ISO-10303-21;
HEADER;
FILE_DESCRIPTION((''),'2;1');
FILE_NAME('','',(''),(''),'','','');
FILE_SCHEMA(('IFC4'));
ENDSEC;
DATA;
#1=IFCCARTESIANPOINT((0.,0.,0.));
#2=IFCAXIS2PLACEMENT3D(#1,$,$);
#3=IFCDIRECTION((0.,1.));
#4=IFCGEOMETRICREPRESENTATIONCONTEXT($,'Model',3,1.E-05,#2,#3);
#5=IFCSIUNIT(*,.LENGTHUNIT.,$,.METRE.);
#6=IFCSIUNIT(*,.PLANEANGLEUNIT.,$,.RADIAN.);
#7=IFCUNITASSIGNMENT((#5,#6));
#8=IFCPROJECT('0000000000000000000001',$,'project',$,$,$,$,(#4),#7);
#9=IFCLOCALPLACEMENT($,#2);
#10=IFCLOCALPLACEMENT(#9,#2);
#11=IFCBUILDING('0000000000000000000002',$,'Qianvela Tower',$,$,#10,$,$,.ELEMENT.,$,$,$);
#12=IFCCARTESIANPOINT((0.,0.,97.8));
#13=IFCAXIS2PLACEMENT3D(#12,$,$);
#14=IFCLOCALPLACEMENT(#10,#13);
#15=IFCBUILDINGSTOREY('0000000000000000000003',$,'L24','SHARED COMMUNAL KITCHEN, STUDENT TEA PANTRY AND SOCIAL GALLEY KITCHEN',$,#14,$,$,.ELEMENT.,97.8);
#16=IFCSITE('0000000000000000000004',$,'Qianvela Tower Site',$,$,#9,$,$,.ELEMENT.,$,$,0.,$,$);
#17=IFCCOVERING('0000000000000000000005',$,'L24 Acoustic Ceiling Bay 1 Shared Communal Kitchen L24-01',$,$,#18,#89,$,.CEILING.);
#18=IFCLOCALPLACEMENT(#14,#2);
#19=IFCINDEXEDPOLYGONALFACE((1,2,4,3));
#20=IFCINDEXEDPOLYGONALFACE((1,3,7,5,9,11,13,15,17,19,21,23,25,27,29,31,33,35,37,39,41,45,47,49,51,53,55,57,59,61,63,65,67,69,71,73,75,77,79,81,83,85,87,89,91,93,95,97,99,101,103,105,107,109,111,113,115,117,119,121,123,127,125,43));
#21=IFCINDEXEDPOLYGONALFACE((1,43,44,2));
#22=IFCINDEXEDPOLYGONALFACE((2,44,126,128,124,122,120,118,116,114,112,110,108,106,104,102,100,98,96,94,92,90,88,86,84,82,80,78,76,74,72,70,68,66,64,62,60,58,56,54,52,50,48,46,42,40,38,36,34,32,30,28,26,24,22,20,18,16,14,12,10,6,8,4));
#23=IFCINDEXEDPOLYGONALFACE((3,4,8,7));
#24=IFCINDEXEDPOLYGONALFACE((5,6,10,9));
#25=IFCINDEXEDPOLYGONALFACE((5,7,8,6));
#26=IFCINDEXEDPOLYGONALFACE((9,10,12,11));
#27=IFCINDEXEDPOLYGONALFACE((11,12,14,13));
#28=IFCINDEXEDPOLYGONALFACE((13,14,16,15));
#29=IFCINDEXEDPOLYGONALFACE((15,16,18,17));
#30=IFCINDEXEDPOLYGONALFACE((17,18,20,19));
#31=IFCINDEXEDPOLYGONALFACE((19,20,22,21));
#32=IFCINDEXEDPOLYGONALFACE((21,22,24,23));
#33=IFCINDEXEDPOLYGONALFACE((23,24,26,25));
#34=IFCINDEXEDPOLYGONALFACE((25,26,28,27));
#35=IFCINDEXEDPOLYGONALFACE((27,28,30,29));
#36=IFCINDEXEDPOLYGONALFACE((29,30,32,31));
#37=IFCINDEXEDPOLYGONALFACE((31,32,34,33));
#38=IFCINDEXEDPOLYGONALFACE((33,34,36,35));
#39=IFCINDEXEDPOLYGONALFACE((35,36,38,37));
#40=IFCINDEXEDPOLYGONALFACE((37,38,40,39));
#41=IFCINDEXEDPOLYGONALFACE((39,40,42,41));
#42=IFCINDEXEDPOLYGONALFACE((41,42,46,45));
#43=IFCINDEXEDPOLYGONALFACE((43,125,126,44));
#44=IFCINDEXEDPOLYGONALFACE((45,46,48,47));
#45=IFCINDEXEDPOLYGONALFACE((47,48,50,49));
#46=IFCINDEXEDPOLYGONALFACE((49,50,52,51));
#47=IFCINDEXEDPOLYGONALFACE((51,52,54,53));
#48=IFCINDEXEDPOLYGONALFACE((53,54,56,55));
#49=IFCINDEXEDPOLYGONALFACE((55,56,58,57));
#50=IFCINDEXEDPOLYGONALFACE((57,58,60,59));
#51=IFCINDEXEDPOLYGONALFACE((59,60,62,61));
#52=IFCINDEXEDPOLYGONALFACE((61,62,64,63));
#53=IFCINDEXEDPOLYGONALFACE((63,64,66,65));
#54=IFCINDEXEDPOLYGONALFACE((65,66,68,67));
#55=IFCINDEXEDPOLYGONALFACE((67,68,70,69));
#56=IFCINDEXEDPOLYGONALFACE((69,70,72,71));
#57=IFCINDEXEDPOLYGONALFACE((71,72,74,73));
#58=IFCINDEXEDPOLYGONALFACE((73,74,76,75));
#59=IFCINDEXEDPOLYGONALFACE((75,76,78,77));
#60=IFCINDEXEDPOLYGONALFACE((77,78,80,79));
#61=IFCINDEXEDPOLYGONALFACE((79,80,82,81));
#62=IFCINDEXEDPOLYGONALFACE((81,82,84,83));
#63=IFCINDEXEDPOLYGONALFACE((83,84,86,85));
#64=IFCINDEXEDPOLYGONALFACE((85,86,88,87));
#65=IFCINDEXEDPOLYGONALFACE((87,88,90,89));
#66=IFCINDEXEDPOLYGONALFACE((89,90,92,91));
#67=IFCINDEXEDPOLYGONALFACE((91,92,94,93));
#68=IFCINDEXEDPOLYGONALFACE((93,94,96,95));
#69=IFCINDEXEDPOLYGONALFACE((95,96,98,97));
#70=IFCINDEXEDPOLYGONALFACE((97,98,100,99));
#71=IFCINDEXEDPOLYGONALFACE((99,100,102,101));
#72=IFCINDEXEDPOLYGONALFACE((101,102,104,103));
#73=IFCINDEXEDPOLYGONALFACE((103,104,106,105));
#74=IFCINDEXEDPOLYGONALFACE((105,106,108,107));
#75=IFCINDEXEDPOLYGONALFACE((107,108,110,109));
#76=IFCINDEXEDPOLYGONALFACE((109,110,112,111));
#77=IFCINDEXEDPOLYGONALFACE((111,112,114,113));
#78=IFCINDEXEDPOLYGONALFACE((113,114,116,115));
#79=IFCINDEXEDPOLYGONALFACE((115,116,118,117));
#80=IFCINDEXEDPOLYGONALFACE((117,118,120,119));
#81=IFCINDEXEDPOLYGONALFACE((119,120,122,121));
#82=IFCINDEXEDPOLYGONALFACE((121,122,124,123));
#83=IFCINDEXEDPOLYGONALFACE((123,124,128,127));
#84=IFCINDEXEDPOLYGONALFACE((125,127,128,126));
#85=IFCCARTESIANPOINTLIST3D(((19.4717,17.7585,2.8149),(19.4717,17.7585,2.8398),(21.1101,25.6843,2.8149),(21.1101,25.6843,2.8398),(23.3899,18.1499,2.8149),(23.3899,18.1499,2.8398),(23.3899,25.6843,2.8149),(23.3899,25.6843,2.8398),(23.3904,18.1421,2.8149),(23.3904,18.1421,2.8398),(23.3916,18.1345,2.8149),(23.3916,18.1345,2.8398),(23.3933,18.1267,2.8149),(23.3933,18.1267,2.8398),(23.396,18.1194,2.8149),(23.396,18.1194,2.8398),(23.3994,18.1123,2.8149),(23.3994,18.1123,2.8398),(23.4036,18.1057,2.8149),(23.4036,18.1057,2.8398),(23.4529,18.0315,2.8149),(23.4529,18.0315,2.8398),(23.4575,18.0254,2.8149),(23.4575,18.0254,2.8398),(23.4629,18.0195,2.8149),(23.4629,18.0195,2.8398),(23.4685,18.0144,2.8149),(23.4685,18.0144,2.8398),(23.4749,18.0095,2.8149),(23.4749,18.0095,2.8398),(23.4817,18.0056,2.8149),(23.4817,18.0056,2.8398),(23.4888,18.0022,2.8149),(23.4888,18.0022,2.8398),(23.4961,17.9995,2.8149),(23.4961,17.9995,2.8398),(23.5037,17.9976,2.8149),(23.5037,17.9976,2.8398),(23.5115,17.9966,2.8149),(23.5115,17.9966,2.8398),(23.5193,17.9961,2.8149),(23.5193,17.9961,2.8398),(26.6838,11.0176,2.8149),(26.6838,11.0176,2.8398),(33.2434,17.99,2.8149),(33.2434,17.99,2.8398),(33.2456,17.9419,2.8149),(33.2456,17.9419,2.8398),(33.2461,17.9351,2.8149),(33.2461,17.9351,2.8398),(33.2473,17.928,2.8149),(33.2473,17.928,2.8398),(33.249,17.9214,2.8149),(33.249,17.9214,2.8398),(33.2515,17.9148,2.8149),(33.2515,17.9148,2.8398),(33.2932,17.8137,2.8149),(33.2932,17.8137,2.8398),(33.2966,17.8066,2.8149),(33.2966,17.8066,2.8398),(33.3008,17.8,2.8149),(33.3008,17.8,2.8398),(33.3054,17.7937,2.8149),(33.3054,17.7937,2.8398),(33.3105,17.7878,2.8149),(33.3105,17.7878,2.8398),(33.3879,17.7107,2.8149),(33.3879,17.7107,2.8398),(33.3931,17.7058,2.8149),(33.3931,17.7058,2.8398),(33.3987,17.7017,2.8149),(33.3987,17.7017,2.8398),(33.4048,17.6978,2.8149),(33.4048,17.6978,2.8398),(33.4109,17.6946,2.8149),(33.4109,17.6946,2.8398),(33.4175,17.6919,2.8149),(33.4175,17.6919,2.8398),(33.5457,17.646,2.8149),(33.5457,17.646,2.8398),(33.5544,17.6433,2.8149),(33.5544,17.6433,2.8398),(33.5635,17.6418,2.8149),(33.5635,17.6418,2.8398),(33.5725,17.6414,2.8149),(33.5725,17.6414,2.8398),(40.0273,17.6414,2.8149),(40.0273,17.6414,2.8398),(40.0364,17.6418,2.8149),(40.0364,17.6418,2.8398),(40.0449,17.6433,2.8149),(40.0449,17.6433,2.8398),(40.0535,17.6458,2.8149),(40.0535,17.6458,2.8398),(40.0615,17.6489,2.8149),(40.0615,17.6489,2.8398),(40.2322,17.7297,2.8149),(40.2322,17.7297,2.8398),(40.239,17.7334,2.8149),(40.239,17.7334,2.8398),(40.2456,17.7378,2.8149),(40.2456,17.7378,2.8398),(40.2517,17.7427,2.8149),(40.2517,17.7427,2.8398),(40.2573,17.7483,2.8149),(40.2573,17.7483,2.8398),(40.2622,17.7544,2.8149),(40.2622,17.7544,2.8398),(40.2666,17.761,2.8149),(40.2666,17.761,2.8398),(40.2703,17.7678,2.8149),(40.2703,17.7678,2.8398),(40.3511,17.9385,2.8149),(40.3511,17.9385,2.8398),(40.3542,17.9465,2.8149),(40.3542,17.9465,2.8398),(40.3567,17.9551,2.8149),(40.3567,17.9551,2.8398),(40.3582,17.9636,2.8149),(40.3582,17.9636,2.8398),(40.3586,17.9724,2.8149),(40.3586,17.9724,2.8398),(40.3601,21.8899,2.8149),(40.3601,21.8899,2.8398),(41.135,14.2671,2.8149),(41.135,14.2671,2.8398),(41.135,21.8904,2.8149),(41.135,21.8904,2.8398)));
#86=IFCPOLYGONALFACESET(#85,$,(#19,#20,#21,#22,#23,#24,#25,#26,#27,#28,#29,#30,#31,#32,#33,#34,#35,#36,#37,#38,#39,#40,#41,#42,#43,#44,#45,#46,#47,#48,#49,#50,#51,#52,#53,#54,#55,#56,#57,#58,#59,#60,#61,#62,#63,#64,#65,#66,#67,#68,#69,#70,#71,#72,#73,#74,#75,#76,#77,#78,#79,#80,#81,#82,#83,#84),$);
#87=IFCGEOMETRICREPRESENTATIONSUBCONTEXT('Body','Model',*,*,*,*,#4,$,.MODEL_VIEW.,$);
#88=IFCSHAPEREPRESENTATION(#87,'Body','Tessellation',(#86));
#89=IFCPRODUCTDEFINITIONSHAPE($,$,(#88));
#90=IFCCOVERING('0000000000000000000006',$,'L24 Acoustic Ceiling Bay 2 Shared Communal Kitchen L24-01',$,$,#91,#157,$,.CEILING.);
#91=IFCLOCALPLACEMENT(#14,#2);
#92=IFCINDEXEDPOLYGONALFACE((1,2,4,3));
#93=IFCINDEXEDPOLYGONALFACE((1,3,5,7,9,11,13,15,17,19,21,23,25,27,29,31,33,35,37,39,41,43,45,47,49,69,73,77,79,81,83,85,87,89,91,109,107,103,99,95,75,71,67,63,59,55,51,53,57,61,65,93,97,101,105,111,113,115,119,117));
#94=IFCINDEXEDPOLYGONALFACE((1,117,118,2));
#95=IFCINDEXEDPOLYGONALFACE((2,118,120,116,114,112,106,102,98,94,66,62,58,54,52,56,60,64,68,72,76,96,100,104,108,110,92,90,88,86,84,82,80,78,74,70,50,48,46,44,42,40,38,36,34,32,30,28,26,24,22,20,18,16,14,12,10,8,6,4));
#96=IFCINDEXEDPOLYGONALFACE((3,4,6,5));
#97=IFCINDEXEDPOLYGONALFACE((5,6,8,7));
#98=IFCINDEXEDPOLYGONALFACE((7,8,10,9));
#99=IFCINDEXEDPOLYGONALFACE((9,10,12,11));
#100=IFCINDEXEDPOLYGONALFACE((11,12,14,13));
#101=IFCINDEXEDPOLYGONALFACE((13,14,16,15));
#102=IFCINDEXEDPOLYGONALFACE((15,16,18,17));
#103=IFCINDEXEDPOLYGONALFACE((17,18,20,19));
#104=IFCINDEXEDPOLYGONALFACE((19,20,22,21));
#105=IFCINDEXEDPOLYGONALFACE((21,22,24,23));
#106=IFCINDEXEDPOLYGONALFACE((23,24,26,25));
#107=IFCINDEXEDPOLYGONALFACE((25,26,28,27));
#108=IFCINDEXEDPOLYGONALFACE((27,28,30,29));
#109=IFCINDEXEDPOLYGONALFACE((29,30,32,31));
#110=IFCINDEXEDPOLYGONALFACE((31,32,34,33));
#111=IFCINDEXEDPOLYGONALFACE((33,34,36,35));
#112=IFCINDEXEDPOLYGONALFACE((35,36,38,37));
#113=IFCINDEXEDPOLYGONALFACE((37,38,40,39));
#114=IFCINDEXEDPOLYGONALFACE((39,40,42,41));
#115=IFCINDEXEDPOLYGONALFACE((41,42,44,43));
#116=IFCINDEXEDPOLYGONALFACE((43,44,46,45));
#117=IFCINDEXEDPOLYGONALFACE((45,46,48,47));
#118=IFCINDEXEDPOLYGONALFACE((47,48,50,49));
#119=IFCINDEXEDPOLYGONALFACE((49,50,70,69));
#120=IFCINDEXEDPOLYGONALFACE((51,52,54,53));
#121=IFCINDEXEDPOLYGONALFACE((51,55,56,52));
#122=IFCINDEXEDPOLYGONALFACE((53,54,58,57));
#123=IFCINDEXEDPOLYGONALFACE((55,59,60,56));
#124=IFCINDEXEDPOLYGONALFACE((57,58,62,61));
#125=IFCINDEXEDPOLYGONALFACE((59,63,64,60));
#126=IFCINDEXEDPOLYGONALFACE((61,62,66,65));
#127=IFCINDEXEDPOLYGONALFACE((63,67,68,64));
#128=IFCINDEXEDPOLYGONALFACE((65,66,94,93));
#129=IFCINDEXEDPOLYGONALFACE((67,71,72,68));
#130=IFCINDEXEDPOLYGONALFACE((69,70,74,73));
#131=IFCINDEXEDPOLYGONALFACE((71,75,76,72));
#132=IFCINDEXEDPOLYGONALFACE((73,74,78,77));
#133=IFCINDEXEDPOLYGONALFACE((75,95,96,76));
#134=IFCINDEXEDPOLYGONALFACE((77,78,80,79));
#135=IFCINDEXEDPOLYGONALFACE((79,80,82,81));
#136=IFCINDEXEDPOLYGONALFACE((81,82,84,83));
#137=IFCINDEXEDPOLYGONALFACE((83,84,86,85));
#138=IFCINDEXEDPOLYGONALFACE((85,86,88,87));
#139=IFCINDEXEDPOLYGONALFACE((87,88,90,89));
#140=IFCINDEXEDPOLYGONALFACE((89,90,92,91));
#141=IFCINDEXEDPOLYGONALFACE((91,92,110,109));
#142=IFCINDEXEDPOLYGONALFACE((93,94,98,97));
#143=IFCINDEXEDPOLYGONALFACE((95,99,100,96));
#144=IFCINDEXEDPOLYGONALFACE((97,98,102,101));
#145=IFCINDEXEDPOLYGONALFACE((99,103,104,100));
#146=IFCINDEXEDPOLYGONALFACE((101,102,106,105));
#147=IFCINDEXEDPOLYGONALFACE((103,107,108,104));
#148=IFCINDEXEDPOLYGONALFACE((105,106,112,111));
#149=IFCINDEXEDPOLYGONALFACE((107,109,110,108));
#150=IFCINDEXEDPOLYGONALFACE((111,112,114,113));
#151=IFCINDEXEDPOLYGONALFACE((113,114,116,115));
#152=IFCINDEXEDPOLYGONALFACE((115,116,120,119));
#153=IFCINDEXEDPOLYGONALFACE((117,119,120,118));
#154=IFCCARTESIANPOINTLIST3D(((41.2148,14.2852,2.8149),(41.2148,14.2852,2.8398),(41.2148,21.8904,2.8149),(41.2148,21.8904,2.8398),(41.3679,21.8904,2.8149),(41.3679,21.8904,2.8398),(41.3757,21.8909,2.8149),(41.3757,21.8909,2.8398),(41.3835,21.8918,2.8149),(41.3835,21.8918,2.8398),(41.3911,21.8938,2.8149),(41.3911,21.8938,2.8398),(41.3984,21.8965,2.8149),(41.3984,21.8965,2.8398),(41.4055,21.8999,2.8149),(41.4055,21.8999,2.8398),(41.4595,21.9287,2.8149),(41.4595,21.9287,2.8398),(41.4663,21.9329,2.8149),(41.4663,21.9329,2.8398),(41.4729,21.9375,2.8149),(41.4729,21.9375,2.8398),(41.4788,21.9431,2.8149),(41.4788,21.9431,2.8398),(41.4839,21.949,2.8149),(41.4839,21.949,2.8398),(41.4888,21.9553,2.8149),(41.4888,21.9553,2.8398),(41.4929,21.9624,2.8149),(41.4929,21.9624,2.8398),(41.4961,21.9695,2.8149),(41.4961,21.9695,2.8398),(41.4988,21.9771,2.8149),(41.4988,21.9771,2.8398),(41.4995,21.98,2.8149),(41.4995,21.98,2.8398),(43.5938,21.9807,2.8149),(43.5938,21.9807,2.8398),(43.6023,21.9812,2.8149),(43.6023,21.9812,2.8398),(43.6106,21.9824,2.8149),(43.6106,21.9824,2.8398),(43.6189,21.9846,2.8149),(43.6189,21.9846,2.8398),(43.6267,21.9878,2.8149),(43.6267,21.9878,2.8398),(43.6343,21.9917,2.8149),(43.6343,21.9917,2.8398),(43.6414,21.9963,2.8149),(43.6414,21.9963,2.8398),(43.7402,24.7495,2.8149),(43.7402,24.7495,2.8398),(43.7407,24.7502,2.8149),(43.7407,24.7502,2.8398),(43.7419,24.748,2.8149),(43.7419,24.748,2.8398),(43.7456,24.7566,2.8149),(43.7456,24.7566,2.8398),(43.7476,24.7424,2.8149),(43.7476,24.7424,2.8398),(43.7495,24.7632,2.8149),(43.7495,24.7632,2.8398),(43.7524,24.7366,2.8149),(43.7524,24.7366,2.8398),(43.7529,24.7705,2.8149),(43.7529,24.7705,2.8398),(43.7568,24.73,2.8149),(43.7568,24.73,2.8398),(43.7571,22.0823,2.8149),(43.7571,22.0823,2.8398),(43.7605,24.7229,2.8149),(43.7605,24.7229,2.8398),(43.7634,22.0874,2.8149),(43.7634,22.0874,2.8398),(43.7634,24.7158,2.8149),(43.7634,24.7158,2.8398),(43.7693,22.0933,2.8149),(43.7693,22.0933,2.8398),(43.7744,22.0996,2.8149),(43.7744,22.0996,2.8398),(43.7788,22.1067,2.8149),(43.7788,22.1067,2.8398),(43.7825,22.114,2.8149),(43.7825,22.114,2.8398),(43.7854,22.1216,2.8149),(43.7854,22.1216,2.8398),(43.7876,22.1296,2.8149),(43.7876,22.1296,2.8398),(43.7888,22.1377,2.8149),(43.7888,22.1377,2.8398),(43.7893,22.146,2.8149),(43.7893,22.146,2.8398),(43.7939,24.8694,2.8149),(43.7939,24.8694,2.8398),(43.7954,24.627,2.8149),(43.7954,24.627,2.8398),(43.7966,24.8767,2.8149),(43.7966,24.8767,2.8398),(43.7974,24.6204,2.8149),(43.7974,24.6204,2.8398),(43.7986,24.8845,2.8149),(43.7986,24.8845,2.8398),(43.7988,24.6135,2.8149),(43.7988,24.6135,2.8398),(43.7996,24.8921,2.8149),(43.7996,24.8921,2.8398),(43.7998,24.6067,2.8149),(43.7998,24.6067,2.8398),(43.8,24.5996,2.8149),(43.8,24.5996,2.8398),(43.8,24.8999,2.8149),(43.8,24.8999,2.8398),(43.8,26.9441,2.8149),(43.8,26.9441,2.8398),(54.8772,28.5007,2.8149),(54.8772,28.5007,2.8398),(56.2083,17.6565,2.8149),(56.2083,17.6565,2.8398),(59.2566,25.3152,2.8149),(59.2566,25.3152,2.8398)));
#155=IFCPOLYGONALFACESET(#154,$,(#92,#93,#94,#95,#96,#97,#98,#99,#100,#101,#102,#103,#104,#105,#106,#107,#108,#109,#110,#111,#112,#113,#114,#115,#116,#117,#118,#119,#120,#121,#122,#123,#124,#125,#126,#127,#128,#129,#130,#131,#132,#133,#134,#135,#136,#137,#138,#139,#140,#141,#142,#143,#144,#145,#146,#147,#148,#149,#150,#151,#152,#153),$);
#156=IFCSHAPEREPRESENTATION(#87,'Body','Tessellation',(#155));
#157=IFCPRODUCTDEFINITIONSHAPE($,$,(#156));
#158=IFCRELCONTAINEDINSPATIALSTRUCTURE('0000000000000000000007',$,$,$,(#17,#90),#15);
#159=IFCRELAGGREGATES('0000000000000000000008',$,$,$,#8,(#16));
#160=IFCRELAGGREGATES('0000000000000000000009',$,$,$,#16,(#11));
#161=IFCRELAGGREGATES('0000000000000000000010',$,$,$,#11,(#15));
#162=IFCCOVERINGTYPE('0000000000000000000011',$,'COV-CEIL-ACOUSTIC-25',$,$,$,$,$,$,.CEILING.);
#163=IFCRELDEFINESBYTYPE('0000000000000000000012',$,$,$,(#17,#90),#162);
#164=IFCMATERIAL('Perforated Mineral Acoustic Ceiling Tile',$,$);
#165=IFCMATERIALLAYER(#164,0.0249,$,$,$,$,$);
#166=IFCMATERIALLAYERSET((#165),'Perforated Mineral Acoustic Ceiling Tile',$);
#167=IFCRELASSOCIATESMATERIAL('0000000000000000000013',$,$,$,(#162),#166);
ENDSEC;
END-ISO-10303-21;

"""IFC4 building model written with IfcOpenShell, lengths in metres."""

from ifc_helpers import new_model, si_unit, direction, frame, origin, place, context, subcontext, project, spatial, polyline, outline, extrude, material, layer, layer_set, type_object, element, save


model = new_model("IFC4")

# Units and contexts
model_context = context("Model", 3, precision=1e-05, world=origin(), true_north=direction((0.0, 1.0)))
body_context = subcontext(model_context, "Body", "Model", "MODEL_VIEW")
ifc_project = project(units=[si_unit("LENGTHUNIT", "METRE"), si_unit("PLANEANGLEUNIT", "RADIAN")], contexts=[model_context])

# Site, building, storey
site_placement = place(None, origin())
site = spatial("IfcSite", under=ifc_project, at=site_placement, Name="Qianvela Tower Site", CompositionType="ELEMENT", RefElevation=0.0)
building_placement = place(site_placement, origin())
building = spatial("IfcBuilding", under=site, at=building_placement, Name="Qianvela Tower", CompositionType="ELEMENT")
storey_placement = place(building_placement, frame((0.0, 0.0, 97.8)))
storey = spatial("IfcBuildingStorey", under=building, at=storey_placement, Name="L24", Description="SHARED COMMUNAL KITCHEN, STUDENT TEA PANTRY AND SOCIAL GALLEY KITCHEN", CompositionType="ELEMENT", Elevation=97.8)

# Coverings
ifc_material_1 = material(Name="Perforated Mineral Acoustic Ceiling Tile")
ifc_layer_1 = layer(ifc_material_1, 0.0249)
ifc_layer_set_1 = layer_set([ifc_layer_1], Name="Perforated Mineral Acoustic Ceiling Tile")
covering_type_1 = type_object("IfcCoveringType", Name="COV-CEIL-ACOUSTIC-25", PredefinedType="CEILING", material=ifc_layer_set_1)
covering_1_placement = place(storey_placement, frame((0.0, 0.0, 2.8149)))
element("IfcCovering", 1, at=covering_1_placement, inside=storey, type_object=covering_type_1, Name="L24 Acoustic Ceiling Bay 1 Shared Communal Kitchen L24-01", PredefinedType="CEILING", context=body_context, shape_type="SweptSolid", body=[
    extrude(outline(polyline([(26.6838, 11.0176), (19.4717, 17.7585), (21.1101, 25.6843), (23.3899, 25.6843), (23.3899, 18.1499), (23.3904, 18.1421), (23.3916, 18.1345), (23.3933, 18.1267), (23.396, 18.1194), (23.3994, 18.1123), (23.4036, 18.1057), (23.4529, 18.0315), (23.4575, 18.0254), (23.4629, 18.0195), (23.4685, 18.0144), (23.4749, 18.0095), (23.4817, 18.0056), (23.4888, 18.0022), (23.4961, 17.9995), (23.5037, 17.9976), (23.5115, 17.9966), (23.5193, 17.9961), (33.2434, 17.99), (33.2456, 17.9419), (33.2461, 17.9351), (33.2473, 17.928), (33.249, 17.9214), (33.2515, 17.9148), (33.2932, 17.8137), (33.2966, 17.8066), (33.3008, 17.8), (33.3054, 17.7937), (33.3105, 17.7878), (33.3879, 17.7107), (33.3931, 17.7058), (33.3987, 17.7017), (33.4048, 17.6978), (33.4109, 17.6946), (33.4175, 17.6919), (33.5457, 17.646), (33.5544, 17.6433), (33.5635, 17.6418), (33.5725, 17.6414), (40.0273, 17.6414), (40.0364, 17.6418), (40.0449, 17.6433), (40.0535, 17.6458), (40.0615, 17.6489), (40.2322, 17.7297), (40.239, 17.7334), (40.2456, 17.7378), (40.2517, 17.7427), (40.2573, 17.7483), (40.2622, 17.7544), (40.2666, 17.761), (40.2703, 17.7678), (40.3511, 17.9385), (40.3542, 17.9465), (40.3567, 17.9551), (40.3582, 17.9636), (40.3586, 17.9724), (40.3601, 21.8899), (41.135, 21.8904), (41.135, 14.2671), (26.6838, 11.0176)])), origin(), (0.0, 0.0, 1.0), 0.0249),
])
covering_2_placement = place(storey_placement, frame((0.0, 0.0, 2.8149)))
element("IfcCovering", 2, at=covering_2_placement, inside=storey, type_object=covering_type_1, Name="L24 Acoustic Ceiling Bay 2 Shared Communal Kitchen L24-01", PredefinedType="CEILING", context=body_context, shape_type="SweptSolid", body=[
    extrude(outline(polyline([(43.7407, 24.7502), (43.7456, 24.7566), (43.7495, 24.7632), (43.7529, 24.7705), (43.7939, 24.8694), (43.7966, 24.8767), (43.7986, 24.8845), (43.7996, 24.8921), (43.8, 24.8999), (43.8, 26.9441), (54.8772, 28.5007), (59.2566, 25.3152), (56.2083, 17.6565), (41.2148, 14.2852), (41.2148, 21.8904), (41.3679, 21.8904), (41.3757, 21.8909), (41.3835, 21.8918), (41.3911, 21.8938), (41.3984, 21.8965), (41.4055, 21.8999), (41.4595, 21.9287), (41.4663, 21.9329), (41.4729, 21.9375), (41.4788, 21.9431), (41.4839, 21.949), (41.4888, 21.9553), (41.4929, 21.9624), (41.4961, 21.9695), (41.4988, 21.9771), (41.4995, 21.98), (43.5938, 21.9807), (43.6023, 21.9812), (43.6106, 21.9824), (43.6189, 21.9846), (43.6267, 21.9878), (43.6343, 21.9917), (43.6414, 21.9963), (43.7571, 22.0823), (43.7634, 22.0874), (43.7693, 22.0933), (43.7744, 22.0996), (43.7788, 22.1067), (43.7825, 22.114), (43.7854, 22.1216), (43.7876, 22.1296), (43.7888, 22.1377), (43.7893, 22.146), (43.8, 24.5996), (43.7998, 24.6067), (43.7988, 24.6135), (43.7974, 24.6204), (43.7954, 24.627), (43.7634, 24.7158), (43.7605, 24.7229), (43.7568, 24.73), (43.7524, 24.7366), (43.7476, 24.7424), (43.7419, 24.748), (43.7402, 24.7495), (43.7407, 24.7502)])), origin(), (0.0, 0.0, 1.0), 0.0249),
])

save(model, "model.ifc")
